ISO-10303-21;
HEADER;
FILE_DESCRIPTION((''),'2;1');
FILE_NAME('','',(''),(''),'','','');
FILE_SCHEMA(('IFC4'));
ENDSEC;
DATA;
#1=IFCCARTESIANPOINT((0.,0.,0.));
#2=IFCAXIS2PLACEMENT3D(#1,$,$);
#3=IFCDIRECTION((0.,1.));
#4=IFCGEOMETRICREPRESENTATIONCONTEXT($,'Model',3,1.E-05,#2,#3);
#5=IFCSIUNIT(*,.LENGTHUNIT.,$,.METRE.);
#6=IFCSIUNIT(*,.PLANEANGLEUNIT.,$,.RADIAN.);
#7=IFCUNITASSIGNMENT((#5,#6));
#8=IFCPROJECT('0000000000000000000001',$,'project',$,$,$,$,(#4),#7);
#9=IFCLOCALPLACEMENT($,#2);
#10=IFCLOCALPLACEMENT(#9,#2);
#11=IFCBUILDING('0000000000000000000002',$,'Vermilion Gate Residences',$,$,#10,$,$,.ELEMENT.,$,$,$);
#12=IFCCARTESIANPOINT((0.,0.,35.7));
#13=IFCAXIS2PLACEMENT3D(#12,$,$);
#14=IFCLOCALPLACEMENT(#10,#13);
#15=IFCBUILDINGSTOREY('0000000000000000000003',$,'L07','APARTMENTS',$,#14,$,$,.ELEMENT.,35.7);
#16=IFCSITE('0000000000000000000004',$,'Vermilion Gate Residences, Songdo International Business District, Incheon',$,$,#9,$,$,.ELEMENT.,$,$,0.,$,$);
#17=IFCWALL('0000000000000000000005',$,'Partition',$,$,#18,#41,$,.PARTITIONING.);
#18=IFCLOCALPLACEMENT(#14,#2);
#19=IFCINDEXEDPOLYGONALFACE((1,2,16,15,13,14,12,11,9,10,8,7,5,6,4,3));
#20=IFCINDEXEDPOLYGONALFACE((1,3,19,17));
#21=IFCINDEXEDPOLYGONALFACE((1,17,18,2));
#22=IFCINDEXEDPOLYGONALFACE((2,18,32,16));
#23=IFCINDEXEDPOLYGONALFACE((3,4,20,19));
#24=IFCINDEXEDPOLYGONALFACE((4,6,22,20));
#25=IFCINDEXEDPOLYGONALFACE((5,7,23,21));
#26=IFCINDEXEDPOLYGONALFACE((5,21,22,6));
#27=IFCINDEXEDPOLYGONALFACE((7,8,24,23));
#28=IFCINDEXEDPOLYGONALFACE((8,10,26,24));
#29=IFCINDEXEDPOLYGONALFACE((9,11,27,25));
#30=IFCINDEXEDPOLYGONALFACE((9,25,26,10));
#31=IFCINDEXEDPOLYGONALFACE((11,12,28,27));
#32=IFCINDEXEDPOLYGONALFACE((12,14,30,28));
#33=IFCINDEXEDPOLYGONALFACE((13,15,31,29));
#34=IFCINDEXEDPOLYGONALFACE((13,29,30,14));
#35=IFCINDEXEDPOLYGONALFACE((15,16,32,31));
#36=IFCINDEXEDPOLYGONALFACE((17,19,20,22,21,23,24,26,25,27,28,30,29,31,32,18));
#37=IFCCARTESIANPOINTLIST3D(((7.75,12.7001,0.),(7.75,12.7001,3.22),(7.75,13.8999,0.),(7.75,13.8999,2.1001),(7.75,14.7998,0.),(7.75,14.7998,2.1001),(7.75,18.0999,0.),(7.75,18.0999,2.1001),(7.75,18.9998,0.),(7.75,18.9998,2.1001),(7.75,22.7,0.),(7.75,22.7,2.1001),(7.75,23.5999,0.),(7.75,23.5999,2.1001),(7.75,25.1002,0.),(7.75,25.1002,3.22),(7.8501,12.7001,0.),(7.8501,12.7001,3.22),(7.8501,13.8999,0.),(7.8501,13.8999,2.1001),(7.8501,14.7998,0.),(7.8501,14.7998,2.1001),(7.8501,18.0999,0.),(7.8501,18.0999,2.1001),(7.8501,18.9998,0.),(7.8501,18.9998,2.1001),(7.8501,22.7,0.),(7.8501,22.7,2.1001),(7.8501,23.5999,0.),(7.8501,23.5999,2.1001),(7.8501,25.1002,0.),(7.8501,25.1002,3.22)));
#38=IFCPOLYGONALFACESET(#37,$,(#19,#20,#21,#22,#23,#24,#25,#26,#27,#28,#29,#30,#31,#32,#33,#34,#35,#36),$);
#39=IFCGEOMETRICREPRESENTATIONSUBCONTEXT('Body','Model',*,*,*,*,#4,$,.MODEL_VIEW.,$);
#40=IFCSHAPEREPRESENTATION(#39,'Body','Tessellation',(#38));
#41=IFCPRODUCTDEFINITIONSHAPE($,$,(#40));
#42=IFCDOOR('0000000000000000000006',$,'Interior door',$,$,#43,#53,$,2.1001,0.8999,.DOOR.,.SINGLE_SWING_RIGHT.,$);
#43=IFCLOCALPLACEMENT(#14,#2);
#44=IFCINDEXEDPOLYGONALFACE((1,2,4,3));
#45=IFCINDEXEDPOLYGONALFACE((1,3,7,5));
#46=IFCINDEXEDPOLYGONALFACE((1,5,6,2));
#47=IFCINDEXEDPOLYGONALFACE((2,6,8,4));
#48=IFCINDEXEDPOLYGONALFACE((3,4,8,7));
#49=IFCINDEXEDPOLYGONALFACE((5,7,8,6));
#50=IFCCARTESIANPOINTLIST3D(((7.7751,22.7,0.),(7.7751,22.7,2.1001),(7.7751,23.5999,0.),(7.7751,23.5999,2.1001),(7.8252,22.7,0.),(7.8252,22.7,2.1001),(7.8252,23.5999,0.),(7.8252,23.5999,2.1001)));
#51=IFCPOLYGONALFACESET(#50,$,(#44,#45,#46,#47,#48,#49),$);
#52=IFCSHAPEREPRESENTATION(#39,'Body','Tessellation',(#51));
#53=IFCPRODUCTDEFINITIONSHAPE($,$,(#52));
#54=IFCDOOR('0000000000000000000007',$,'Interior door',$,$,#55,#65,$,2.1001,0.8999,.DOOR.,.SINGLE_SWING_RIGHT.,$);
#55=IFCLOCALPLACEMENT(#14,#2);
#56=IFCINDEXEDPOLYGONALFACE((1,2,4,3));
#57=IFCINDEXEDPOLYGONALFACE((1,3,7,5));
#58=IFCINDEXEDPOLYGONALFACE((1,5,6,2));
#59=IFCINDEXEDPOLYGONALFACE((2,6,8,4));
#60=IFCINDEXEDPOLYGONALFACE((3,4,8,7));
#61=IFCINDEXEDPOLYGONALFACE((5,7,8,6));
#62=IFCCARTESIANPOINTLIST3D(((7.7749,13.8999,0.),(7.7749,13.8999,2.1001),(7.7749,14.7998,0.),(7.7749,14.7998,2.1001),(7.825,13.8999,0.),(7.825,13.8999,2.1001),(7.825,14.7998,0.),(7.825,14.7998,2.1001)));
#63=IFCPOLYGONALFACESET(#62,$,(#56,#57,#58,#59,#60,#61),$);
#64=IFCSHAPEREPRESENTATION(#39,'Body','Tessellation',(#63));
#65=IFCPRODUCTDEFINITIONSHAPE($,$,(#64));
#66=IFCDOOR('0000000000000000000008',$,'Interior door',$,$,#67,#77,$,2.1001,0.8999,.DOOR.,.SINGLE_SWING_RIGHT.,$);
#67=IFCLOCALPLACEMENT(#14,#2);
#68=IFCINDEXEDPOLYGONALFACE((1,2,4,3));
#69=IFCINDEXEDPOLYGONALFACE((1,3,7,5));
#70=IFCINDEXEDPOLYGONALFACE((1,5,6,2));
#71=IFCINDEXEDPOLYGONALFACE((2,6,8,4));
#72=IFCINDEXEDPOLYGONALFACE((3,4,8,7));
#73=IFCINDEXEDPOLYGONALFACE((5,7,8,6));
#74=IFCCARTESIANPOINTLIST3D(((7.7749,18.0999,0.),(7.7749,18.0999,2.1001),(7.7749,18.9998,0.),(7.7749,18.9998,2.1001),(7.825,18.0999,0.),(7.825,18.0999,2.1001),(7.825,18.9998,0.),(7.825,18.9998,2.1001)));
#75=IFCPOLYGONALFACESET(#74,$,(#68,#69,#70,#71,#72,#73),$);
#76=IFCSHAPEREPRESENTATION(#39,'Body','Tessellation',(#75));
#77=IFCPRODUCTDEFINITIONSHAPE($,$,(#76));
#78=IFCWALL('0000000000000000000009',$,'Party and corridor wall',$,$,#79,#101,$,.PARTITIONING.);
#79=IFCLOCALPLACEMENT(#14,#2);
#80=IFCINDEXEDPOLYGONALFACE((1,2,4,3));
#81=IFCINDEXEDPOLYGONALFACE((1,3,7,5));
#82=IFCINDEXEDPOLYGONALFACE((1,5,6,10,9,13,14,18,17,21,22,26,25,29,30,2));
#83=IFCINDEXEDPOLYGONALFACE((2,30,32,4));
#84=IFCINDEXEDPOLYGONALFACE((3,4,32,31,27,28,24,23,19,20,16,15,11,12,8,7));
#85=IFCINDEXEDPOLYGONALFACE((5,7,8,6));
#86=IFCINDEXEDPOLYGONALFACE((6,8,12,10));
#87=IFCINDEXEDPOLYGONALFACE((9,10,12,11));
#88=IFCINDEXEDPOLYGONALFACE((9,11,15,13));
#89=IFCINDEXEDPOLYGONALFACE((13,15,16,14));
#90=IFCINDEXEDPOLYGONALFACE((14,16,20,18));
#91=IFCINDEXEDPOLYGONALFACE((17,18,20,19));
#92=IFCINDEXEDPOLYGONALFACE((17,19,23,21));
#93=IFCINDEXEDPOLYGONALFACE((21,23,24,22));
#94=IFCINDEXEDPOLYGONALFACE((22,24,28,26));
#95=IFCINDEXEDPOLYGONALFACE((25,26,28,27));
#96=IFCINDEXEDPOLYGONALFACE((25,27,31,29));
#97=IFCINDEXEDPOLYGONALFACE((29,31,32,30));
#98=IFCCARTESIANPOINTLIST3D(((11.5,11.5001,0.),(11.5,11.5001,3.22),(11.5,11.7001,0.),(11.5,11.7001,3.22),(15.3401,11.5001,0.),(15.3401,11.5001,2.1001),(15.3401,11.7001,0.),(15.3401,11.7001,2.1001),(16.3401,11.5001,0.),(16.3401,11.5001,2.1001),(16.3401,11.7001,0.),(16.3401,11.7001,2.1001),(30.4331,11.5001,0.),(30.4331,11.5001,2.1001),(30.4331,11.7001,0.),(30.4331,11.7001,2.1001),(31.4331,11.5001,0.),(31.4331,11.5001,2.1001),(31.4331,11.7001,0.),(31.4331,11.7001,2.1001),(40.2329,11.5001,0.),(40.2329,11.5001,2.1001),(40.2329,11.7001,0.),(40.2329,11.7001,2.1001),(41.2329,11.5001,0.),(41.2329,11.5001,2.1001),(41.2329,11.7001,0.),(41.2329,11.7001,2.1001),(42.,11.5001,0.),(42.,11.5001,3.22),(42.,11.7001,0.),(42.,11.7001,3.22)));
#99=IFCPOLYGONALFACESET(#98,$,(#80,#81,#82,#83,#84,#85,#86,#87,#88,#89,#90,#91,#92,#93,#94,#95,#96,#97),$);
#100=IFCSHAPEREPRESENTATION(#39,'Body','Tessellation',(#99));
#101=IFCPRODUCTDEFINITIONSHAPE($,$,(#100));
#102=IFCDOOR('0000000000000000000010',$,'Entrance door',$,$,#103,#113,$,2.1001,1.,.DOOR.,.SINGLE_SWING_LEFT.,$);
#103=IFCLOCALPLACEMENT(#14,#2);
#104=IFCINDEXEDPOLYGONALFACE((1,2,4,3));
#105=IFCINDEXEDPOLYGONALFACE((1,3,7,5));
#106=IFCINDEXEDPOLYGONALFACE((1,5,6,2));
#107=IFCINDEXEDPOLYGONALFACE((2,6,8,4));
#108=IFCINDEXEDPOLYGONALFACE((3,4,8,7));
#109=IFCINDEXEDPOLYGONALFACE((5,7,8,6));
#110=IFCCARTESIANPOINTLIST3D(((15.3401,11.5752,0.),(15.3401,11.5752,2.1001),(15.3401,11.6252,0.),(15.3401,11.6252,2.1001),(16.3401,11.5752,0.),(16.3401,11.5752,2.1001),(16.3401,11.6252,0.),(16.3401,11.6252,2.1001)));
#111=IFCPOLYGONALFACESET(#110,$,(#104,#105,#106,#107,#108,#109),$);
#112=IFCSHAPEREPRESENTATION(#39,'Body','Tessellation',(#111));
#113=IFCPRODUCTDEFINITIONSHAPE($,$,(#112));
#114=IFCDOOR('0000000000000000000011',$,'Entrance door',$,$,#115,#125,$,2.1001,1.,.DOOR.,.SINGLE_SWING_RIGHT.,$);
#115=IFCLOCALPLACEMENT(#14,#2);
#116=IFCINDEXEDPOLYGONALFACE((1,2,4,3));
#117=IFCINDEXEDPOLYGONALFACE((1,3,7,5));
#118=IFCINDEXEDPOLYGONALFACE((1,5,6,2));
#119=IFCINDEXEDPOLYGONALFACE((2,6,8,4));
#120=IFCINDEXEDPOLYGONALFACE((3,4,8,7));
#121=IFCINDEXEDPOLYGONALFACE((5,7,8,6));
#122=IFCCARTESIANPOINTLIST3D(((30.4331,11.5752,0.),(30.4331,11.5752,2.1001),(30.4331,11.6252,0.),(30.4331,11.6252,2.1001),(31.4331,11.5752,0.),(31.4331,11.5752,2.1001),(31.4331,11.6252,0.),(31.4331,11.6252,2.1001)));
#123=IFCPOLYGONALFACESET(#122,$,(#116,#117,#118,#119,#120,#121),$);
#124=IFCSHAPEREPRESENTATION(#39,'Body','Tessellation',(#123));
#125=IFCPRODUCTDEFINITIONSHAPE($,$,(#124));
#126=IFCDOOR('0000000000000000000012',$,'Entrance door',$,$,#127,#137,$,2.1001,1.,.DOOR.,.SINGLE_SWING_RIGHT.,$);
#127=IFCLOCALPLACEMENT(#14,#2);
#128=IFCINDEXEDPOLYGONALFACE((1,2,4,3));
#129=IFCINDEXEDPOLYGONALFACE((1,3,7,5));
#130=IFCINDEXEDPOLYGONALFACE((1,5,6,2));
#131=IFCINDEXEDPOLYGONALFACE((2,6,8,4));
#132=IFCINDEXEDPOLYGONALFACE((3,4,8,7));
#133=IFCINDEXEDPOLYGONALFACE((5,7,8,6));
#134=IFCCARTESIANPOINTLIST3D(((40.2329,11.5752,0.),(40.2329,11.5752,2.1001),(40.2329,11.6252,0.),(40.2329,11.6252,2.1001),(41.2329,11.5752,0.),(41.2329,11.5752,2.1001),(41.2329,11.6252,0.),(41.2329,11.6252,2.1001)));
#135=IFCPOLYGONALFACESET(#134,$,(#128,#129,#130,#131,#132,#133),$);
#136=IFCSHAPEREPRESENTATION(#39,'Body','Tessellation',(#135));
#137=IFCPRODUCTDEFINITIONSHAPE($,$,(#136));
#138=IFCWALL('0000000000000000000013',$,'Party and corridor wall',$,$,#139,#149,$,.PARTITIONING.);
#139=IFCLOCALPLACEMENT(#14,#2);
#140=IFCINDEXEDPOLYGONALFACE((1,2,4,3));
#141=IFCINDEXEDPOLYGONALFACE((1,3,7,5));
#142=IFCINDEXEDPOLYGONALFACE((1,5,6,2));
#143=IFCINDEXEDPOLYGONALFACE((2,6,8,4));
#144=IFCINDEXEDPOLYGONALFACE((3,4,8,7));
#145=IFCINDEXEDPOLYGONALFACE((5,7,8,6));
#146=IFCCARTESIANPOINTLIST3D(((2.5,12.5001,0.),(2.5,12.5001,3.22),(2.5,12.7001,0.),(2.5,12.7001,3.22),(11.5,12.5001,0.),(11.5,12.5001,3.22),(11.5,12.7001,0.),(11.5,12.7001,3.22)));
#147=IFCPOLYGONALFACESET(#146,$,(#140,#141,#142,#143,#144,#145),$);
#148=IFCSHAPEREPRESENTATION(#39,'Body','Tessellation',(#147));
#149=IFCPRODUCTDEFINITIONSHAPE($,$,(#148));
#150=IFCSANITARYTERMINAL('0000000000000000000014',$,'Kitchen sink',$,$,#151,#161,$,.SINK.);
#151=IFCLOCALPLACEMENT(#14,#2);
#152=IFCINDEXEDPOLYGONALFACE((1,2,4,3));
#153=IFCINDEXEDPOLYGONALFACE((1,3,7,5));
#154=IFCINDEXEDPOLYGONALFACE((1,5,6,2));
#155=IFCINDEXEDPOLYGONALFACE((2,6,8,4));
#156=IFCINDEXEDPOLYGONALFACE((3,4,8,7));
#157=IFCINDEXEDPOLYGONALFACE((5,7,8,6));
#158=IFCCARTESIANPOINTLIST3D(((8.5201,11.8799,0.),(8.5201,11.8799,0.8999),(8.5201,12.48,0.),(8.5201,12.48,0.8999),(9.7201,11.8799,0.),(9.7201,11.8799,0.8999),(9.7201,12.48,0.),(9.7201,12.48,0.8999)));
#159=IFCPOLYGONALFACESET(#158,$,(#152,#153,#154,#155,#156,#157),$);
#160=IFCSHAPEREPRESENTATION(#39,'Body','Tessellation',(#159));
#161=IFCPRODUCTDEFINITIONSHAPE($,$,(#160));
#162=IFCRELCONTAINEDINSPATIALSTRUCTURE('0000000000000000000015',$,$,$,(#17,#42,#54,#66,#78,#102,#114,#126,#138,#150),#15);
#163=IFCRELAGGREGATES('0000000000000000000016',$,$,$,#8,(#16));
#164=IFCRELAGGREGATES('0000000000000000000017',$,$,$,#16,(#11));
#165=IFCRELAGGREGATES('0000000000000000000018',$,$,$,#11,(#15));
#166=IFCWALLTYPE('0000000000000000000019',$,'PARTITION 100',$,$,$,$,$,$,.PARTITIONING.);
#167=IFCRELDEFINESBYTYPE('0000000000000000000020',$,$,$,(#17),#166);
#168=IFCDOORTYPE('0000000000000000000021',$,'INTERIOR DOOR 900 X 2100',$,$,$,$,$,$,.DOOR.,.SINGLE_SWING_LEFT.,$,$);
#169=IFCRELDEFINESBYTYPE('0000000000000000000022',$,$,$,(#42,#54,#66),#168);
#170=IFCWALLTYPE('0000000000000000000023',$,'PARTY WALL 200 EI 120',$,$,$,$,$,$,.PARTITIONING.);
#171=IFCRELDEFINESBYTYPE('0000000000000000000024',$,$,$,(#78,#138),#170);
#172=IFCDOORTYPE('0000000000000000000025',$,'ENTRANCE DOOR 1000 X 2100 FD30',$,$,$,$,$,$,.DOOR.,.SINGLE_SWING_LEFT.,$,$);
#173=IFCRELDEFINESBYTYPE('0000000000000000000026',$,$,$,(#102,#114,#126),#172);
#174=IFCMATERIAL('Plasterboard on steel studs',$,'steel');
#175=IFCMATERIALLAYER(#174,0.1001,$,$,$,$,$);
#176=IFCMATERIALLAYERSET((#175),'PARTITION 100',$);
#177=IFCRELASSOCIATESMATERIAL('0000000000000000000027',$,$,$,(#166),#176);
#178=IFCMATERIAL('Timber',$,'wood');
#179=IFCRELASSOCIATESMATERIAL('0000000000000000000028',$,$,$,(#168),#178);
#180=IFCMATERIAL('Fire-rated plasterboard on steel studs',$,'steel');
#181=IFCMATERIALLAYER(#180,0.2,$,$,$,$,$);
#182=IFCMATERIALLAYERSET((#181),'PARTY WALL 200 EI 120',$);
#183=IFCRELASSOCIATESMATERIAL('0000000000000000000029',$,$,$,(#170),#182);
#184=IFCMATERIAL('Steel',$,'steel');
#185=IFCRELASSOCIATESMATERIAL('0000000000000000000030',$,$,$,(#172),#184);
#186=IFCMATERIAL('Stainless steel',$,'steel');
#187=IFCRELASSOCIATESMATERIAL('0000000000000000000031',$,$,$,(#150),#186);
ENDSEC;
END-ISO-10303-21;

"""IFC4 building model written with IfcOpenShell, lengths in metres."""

from ifc_helpers import new_model, si_unit, direction, frame, frame_2d, origin, origin_2d, place, context, subcontext, project, spatial, rectangle, extrude, material, layer, layer_set, type_object, element, fill, save


model = new_model("IFC4")

# Units and contexts
model_context = context("Model", 3, precision=1e-05, world=origin(), true_north=direction((0.0, 1.0)))
body_context = subcontext(model_context, "Body", "Model", "MODEL_VIEW")
ifc_project = project(units=[si_unit("LENGTHUNIT", "METRE"), si_unit("PLANEANGLEUNIT", "RADIAN")], contexts=[model_context])

# Site, building, storey
site_placement = place(None, origin())
site = spatial("IfcSite", under=ifc_project, at=site_placement, Name="Vermilion Gate Residences, Songdo International Business District, Incheon", CompositionType="ELEMENT", RefElevation=0.0)
building_placement = place(site_placement, origin())
building = spatial("IfcBuilding", under=site, at=building_placement, Name="Vermilion Gate Residences", CompositionType="ELEMENT")
storey_placement = place(building_placement, frame((0.0, 0.0, 35.7)))
storey = spatial("IfcBuildingStorey", under=building, at=storey_placement, Name="L07", Description="APARTMENTS", CompositionType="ELEMENT", Elevation=35.7)

# Shared definitions
ifc_material_1 = material(Name="Plasterboard on steel studs", Category="steel")
ifc_layer_1 = layer(ifc_material_1, 0.1001)
ifc_layer_set_1 = layer_set([ifc_layer_1], Name="PARTITION 100")
wall_type_1 = type_object("IfcWallType", Name="PARTITION 100", PredefinedType="PARTITIONING", material=ifc_layer_set_1)

# Walls, openings, doors
ifc_material_2 = material(Name="Timber", Category="wood")
door_type_1 = type_object("IfcDoorType", Name="INTERIOR DOOR 900 X 2100", OperationType="SINGLE_SWING_LEFT", PredefinedType="DOOR", material=ifc_material_2)
wall_1_placement = place(storey_placement, frame((7.8, 12.7, 0.0), z_axis=(0.0, 0.0, 1.0), x_axis=(0.0, 1.0, 0.0)))
wall_1 = element("IfcWall", 1, at=wall_1_placement, inside=storey, type_object=wall_type_1, Name="Partition", PredefinedType="PARTITIONING", context=body_context, shape_type="SweptSolid", body=[
    extrude(rectangle(XDim=12.4001, YDim=0.1001, at=frame_2d((6.2002, 0.0))), origin(), (0.0, 0.0, 1.0), 3.22),
])
opening_1_placement = place(wall_1_placement, frame((10.0, 0.0, 0.0)))
opening_1 = element("IfcOpeningElement", 2, at=opening_1_placement, cuts=wall_1, PredefinedType="OPENING", context=body_context, shape_type="SweptSolid", body=[
    extrude(rectangle(XDim=0.8999, YDim=2.1001, at=frame_2d((0.45, 1.05))), frame((0.0, 0.0601, 0.0), z_axis=(0.0, -1.0, 0.0), x_axis=(1.0, 0.0, 0.0)), (0.0, 0.0, 1.0), 0.1201),
])
opening_2_placement = place(wall_1_placement, frame((1.2, 0.0, 0.0)))
opening_2 = element("IfcOpeningElement", 3, at=opening_2_placement, cuts=wall_1, PredefinedType="OPENING", context=body_context, shape_type="SweptSolid", body=[
    extrude(rectangle(XDim=0.8999, YDim=2.1001, at=frame_2d((0.45, 1.05))), frame((0.0, 0.0601, 0.0), z_axis=(0.0, -1.0, 0.0), x_axis=(1.0, 0.0, 0.0)), (0.0, 0.0, 1.0), 0.1201),
])
opening_3_placement = place(wall_1_placement, frame((5.3999, 0.0, 0.0)))
opening_3 = element("IfcOpeningElement", 4, at=opening_3_placement, cuts=wall_1, PredefinedType="OPENING", context=body_context, shape_type="SweptSolid", body=[
    extrude(rectangle(XDim=0.8999, YDim=2.1001, at=frame_2d((0.45, 1.05))), frame((0.0, 0.0601, 0.0), z_axis=(0.0, -1.0, 0.0), x_axis=(1.0, 0.0, 0.0)), (0.0, 0.0, 1.0), 0.1201),
])
door_1_placement = place(opening_1_placement, origin())
door_1 = element("IfcDoor", 5, at=door_1_placement, inside=storey, type_object=door_type_1, Name="Interior door", OperationType="SINGLE_SWING_RIGHT", OverallHeight=2.1001, OverallWidth=0.8999, PredefinedType="DOOR", context=body_context, shape_type="SweptSolid", body=[
    extrude(rectangle(XDim=0.8999, YDim=2.1001, at=frame_2d((0.45, 1.05))), frame((0.0, 0.0249, 0.0), z_axis=(0.0, -1.0, 0.0), x_axis=(1.0, 0.0, 0.0)), (0.0, 0.0, 1.0), 0.05),
])
fill(opening_1, door_1)
door_2_placement = place(opening_2_placement, frame((0.8999, 0.0, 0.0), z_axis=(0.0, 0.0, 1.0), x_axis=(-1.0, 0.0, 0.0)))
door_2 = element("IfcDoor", 6, at=door_2_placement, inside=storey, type_object=door_type_1, Name="Interior door", OperationType="SINGLE_SWING_RIGHT", OverallHeight=2.1001, OverallWidth=0.8999, PredefinedType="DOOR", context=body_context, shape_type="SweptSolid", body=[
    extrude(rectangle(XDim=0.8999, YDim=2.1001, at=frame_2d((0.45, 1.05))), frame((0.0, 0.0249, 0.0), z_axis=(0.0, -1.0, 0.0), x_axis=(1.0, 0.0, 0.0)), (0.0, 0.0, 1.0), 0.05),
])
fill(opening_2, door_2)
door_3_placement = place(opening_3_placement, frame((0.8999, 0.0, 0.0), z_axis=(0.0, 0.0, 1.0), x_axis=(-1.0, 0.0, 0.0)))
door_3 = element("IfcDoor", 7, at=door_3_placement, inside=storey, type_object=door_type_1, Name="Interior door", OperationType="SINGLE_SWING_RIGHT", OverallHeight=2.1001, OverallWidth=0.8999, PredefinedType="DOOR", context=body_context, shape_type="SweptSolid", body=[
    extrude(rectangle(XDim=0.8999, YDim=2.1001, at=frame_2d((0.45, 1.05))), frame((0.0, 0.0249, 0.0), z_axis=(0.0, -1.0, 0.0), x_axis=(1.0, 0.0, 0.0)), (0.0, 0.0, 1.0), 0.05),
])
fill(opening_3, door_3)
ifc_material_3 = material(Name="Fire-rated plasterboard on steel studs", Category="steel")
ifc_layer_2 = layer(ifc_material_3, 0.2)
ifc_layer_set_2 = layer_set([ifc_layer_2], Name="PARTY WALL 200 EI 120")
wall_type_2 = type_object("IfcWallType", Name="PARTY WALL 200 EI 120", PredefinedType="PARTITIONING", material=ifc_layer_set_2)
wall_2_placement = place(storey_placement, frame((11.5, 11.6001, 0.0), z_axis=(0.0, 0.0, 1.0), x_axis=(1.0, 0.0, 0.0)))
wall_2 = element("IfcWall", 8, at=wall_2_placement, inside=storey, type_object=wall_type_2, Name="Party and corridor wall", PredefinedType="PARTITIONING", context=body_context, shape_type="SweptSolid", body=[
    extrude(rectangle(XDim=30.5, YDim=0.2, at=frame_2d((15.25, 0.0))), origin(), (0.0, 0.0, 1.0), 3.22),
])
opening_4_placement = place(wall_2_placement, frame((3.8401, 0.0, 0.0)))
opening_4 = element("IfcOpeningElement", 9, at=opening_4_placement, cuts=wall_2, PredefinedType="OPENING", context=body_context, shape_type="SweptSolid", body=[
    extrude(rectangle(XDim=1.0, YDim=2.1001, at=frame_2d((0.5, 1.05))), frame((0.0, 0.1099, 0.0), z_axis=(0.0, -1.0, 0.0), x_axis=(1.0, 0.0, 0.0)), (0.0, 0.0, 1.0), 0.22),
])
opening_5_placement = place(wall_2_placement, frame((18.9331, 0.0, 0.0)))
opening_5 = element("IfcOpeningElement", 10, at=opening_5_placement, cuts=wall_2, PredefinedType="OPENING", context=body_context, shape_type="SweptSolid", body=[
    extrude(rectangle(XDim=1.0, YDim=2.1001, at=frame_2d((0.5, 1.05))), frame((0.0, 0.1099, 0.0), z_axis=(0.0, -1.0, 0.0), x_axis=(1.0, 0.0, 0.0)), (0.0, 0.0, 1.0), 0.22),
])
opening_6_placement = place(wall_2_placement, frame((28.7329, 0.0, 0.0)))
opening_6 = element("IfcOpeningElement", 11, at=opening_6_placement, cuts=wall_2, PredefinedType="OPENING", context=body_context, shape_type="SweptSolid", body=[
    extrude(rectangle(XDim=1.0, YDim=2.1001, at=frame_2d((0.5, 1.05))), frame((0.0, 0.1099, 0.0), z_axis=(0.0, -1.0, 0.0), x_axis=(1.0, 0.0, 0.0)), (0.0, 0.0, 1.0), 0.22),
])
ifc_material_4 = material(Name="Steel", Category="steel")
door_type_2 = type_object("IfcDoorType", Name="ENTRANCE DOOR 1000 X 2100 FD30", OperationType="SINGLE_SWING_LEFT", PredefinedType="DOOR", material=ifc_material_4)
door_4_placement = place(opening_4_placement, frame((1.0, 0.0, 0.0), z_axis=(0.0, 0.0, 1.0), x_axis=(-1.0, 0.0, 0.0)))
door_4 = element("IfcDoor", 12, at=door_4_placement, inside=storey, type_object=door_type_2, Name="Entrance door", OperationType="SINGLE_SWING_LEFT", OverallHeight=2.1001, OverallWidth=1.0, PredefinedType="DOOR", context=body_context, shape_type="SweptSolid", body=[
    extrude(rectangle(XDim=1.0, YDim=2.1001, at=frame_2d((0.5, 1.05))), frame((0.0, 0.0249, 0.0), z_axis=(0.0, -1.0, 0.0), x_axis=(1.0, 0.0, 0.0)), (0.0, 0.0, 1.0), 0.05),
])
fill(opening_4, door_4)
door_5_placement = place(opening_5_placement, frame((1.0, 0.0, 0.0), z_axis=(0.0, 0.0, 1.0), x_axis=(-1.0, 0.0, 0.0)))
door_5 = element("IfcDoor", 13, at=door_5_placement, inside=storey, type_object=door_type_2, Name="Entrance door", OperationType="SINGLE_SWING_RIGHT", OverallHeight=2.1001, OverallWidth=1.0, PredefinedType="DOOR", context=body_context, shape_type="SweptSolid", body=[
    extrude(rectangle(XDim=1.0, YDim=2.1001, at=frame_2d((0.5, 1.05))), frame((0.0, 0.0249, 0.0), z_axis=(0.0, -1.0, 0.0), x_axis=(1.0, 0.0, 0.0)), (0.0, 0.0, 1.0), 0.05),
])
fill(opening_5, door_5)
door_6_placement = place(opening_6_placement, frame((1.0, 0.0, 0.0), z_axis=(0.0, 0.0, 1.0), x_axis=(-1.0, 0.0, 0.0)))
door_6 = element("IfcDoor", 14, at=door_6_placement, inside=storey, type_object=door_type_2, Name="Entrance door", OperationType="SINGLE_SWING_RIGHT", OverallHeight=2.1001, OverallWidth=1.0, PredefinedType="DOOR", context=body_context, shape_type="SweptSolid", body=[
    extrude(rectangle(XDim=1.0, YDim=2.1001, at=frame_2d((0.5, 1.05))), frame((0.0, 0.0249, 0.0), z_axis=(0.0, -1.0, 0.0), x_axis=(1.0, 0.0, 0.0)), (0.0, 0.0, 1.0), 0.05),
])
fill(opening_6, door_6)

# Wall
wall_3_placement = place(storey_placement, frame((2.5, 12.6001, 0.0), z_axis=(0.0, 0.0, 1.0), x_axis=(1.0, 0.0, 0.0)))
element("IfcWall", 15, at=wall_3_placement, inside=storey, type_object=wall_type_2, Name="Party and corridor wall", PredefinedType="PARTITIONING", context=body_context, shape_type="SweptSolid", body=[
    extrude(rectangle(XDim=9.0, YDim=0.2, at=frame_2d((4.5, 0.0))), origin(), (0.0, 0.0, 1.0), 3.22),
])

# Sanitary terminal
ifc_material_5 = material(Name="Stainless steel", Category="steel")
sanitary_terminal_1_placement = place(storey_placement, frame((9.1201, 12.1799, 0.0), z_axis=(0.0, 0.0, 1.0), x_axis=(1.0, 0.0, 0.0)))
element("IfcSanitaryTerminal", 16, at=sanitary_terminal_1_placement, inside=storey, material=ifc_material_5, Name="Kitchen sink", PredefinedType="SINK", context=body_context, shape_type="SweptSolid", body=[
    extrude(rectangle(XDim=1.2, YDim=0.6001, at=origin_2d()), origin(), (0.0, 0.0, 1.0), 0.8999),
])

save(model, "model.ifc")
